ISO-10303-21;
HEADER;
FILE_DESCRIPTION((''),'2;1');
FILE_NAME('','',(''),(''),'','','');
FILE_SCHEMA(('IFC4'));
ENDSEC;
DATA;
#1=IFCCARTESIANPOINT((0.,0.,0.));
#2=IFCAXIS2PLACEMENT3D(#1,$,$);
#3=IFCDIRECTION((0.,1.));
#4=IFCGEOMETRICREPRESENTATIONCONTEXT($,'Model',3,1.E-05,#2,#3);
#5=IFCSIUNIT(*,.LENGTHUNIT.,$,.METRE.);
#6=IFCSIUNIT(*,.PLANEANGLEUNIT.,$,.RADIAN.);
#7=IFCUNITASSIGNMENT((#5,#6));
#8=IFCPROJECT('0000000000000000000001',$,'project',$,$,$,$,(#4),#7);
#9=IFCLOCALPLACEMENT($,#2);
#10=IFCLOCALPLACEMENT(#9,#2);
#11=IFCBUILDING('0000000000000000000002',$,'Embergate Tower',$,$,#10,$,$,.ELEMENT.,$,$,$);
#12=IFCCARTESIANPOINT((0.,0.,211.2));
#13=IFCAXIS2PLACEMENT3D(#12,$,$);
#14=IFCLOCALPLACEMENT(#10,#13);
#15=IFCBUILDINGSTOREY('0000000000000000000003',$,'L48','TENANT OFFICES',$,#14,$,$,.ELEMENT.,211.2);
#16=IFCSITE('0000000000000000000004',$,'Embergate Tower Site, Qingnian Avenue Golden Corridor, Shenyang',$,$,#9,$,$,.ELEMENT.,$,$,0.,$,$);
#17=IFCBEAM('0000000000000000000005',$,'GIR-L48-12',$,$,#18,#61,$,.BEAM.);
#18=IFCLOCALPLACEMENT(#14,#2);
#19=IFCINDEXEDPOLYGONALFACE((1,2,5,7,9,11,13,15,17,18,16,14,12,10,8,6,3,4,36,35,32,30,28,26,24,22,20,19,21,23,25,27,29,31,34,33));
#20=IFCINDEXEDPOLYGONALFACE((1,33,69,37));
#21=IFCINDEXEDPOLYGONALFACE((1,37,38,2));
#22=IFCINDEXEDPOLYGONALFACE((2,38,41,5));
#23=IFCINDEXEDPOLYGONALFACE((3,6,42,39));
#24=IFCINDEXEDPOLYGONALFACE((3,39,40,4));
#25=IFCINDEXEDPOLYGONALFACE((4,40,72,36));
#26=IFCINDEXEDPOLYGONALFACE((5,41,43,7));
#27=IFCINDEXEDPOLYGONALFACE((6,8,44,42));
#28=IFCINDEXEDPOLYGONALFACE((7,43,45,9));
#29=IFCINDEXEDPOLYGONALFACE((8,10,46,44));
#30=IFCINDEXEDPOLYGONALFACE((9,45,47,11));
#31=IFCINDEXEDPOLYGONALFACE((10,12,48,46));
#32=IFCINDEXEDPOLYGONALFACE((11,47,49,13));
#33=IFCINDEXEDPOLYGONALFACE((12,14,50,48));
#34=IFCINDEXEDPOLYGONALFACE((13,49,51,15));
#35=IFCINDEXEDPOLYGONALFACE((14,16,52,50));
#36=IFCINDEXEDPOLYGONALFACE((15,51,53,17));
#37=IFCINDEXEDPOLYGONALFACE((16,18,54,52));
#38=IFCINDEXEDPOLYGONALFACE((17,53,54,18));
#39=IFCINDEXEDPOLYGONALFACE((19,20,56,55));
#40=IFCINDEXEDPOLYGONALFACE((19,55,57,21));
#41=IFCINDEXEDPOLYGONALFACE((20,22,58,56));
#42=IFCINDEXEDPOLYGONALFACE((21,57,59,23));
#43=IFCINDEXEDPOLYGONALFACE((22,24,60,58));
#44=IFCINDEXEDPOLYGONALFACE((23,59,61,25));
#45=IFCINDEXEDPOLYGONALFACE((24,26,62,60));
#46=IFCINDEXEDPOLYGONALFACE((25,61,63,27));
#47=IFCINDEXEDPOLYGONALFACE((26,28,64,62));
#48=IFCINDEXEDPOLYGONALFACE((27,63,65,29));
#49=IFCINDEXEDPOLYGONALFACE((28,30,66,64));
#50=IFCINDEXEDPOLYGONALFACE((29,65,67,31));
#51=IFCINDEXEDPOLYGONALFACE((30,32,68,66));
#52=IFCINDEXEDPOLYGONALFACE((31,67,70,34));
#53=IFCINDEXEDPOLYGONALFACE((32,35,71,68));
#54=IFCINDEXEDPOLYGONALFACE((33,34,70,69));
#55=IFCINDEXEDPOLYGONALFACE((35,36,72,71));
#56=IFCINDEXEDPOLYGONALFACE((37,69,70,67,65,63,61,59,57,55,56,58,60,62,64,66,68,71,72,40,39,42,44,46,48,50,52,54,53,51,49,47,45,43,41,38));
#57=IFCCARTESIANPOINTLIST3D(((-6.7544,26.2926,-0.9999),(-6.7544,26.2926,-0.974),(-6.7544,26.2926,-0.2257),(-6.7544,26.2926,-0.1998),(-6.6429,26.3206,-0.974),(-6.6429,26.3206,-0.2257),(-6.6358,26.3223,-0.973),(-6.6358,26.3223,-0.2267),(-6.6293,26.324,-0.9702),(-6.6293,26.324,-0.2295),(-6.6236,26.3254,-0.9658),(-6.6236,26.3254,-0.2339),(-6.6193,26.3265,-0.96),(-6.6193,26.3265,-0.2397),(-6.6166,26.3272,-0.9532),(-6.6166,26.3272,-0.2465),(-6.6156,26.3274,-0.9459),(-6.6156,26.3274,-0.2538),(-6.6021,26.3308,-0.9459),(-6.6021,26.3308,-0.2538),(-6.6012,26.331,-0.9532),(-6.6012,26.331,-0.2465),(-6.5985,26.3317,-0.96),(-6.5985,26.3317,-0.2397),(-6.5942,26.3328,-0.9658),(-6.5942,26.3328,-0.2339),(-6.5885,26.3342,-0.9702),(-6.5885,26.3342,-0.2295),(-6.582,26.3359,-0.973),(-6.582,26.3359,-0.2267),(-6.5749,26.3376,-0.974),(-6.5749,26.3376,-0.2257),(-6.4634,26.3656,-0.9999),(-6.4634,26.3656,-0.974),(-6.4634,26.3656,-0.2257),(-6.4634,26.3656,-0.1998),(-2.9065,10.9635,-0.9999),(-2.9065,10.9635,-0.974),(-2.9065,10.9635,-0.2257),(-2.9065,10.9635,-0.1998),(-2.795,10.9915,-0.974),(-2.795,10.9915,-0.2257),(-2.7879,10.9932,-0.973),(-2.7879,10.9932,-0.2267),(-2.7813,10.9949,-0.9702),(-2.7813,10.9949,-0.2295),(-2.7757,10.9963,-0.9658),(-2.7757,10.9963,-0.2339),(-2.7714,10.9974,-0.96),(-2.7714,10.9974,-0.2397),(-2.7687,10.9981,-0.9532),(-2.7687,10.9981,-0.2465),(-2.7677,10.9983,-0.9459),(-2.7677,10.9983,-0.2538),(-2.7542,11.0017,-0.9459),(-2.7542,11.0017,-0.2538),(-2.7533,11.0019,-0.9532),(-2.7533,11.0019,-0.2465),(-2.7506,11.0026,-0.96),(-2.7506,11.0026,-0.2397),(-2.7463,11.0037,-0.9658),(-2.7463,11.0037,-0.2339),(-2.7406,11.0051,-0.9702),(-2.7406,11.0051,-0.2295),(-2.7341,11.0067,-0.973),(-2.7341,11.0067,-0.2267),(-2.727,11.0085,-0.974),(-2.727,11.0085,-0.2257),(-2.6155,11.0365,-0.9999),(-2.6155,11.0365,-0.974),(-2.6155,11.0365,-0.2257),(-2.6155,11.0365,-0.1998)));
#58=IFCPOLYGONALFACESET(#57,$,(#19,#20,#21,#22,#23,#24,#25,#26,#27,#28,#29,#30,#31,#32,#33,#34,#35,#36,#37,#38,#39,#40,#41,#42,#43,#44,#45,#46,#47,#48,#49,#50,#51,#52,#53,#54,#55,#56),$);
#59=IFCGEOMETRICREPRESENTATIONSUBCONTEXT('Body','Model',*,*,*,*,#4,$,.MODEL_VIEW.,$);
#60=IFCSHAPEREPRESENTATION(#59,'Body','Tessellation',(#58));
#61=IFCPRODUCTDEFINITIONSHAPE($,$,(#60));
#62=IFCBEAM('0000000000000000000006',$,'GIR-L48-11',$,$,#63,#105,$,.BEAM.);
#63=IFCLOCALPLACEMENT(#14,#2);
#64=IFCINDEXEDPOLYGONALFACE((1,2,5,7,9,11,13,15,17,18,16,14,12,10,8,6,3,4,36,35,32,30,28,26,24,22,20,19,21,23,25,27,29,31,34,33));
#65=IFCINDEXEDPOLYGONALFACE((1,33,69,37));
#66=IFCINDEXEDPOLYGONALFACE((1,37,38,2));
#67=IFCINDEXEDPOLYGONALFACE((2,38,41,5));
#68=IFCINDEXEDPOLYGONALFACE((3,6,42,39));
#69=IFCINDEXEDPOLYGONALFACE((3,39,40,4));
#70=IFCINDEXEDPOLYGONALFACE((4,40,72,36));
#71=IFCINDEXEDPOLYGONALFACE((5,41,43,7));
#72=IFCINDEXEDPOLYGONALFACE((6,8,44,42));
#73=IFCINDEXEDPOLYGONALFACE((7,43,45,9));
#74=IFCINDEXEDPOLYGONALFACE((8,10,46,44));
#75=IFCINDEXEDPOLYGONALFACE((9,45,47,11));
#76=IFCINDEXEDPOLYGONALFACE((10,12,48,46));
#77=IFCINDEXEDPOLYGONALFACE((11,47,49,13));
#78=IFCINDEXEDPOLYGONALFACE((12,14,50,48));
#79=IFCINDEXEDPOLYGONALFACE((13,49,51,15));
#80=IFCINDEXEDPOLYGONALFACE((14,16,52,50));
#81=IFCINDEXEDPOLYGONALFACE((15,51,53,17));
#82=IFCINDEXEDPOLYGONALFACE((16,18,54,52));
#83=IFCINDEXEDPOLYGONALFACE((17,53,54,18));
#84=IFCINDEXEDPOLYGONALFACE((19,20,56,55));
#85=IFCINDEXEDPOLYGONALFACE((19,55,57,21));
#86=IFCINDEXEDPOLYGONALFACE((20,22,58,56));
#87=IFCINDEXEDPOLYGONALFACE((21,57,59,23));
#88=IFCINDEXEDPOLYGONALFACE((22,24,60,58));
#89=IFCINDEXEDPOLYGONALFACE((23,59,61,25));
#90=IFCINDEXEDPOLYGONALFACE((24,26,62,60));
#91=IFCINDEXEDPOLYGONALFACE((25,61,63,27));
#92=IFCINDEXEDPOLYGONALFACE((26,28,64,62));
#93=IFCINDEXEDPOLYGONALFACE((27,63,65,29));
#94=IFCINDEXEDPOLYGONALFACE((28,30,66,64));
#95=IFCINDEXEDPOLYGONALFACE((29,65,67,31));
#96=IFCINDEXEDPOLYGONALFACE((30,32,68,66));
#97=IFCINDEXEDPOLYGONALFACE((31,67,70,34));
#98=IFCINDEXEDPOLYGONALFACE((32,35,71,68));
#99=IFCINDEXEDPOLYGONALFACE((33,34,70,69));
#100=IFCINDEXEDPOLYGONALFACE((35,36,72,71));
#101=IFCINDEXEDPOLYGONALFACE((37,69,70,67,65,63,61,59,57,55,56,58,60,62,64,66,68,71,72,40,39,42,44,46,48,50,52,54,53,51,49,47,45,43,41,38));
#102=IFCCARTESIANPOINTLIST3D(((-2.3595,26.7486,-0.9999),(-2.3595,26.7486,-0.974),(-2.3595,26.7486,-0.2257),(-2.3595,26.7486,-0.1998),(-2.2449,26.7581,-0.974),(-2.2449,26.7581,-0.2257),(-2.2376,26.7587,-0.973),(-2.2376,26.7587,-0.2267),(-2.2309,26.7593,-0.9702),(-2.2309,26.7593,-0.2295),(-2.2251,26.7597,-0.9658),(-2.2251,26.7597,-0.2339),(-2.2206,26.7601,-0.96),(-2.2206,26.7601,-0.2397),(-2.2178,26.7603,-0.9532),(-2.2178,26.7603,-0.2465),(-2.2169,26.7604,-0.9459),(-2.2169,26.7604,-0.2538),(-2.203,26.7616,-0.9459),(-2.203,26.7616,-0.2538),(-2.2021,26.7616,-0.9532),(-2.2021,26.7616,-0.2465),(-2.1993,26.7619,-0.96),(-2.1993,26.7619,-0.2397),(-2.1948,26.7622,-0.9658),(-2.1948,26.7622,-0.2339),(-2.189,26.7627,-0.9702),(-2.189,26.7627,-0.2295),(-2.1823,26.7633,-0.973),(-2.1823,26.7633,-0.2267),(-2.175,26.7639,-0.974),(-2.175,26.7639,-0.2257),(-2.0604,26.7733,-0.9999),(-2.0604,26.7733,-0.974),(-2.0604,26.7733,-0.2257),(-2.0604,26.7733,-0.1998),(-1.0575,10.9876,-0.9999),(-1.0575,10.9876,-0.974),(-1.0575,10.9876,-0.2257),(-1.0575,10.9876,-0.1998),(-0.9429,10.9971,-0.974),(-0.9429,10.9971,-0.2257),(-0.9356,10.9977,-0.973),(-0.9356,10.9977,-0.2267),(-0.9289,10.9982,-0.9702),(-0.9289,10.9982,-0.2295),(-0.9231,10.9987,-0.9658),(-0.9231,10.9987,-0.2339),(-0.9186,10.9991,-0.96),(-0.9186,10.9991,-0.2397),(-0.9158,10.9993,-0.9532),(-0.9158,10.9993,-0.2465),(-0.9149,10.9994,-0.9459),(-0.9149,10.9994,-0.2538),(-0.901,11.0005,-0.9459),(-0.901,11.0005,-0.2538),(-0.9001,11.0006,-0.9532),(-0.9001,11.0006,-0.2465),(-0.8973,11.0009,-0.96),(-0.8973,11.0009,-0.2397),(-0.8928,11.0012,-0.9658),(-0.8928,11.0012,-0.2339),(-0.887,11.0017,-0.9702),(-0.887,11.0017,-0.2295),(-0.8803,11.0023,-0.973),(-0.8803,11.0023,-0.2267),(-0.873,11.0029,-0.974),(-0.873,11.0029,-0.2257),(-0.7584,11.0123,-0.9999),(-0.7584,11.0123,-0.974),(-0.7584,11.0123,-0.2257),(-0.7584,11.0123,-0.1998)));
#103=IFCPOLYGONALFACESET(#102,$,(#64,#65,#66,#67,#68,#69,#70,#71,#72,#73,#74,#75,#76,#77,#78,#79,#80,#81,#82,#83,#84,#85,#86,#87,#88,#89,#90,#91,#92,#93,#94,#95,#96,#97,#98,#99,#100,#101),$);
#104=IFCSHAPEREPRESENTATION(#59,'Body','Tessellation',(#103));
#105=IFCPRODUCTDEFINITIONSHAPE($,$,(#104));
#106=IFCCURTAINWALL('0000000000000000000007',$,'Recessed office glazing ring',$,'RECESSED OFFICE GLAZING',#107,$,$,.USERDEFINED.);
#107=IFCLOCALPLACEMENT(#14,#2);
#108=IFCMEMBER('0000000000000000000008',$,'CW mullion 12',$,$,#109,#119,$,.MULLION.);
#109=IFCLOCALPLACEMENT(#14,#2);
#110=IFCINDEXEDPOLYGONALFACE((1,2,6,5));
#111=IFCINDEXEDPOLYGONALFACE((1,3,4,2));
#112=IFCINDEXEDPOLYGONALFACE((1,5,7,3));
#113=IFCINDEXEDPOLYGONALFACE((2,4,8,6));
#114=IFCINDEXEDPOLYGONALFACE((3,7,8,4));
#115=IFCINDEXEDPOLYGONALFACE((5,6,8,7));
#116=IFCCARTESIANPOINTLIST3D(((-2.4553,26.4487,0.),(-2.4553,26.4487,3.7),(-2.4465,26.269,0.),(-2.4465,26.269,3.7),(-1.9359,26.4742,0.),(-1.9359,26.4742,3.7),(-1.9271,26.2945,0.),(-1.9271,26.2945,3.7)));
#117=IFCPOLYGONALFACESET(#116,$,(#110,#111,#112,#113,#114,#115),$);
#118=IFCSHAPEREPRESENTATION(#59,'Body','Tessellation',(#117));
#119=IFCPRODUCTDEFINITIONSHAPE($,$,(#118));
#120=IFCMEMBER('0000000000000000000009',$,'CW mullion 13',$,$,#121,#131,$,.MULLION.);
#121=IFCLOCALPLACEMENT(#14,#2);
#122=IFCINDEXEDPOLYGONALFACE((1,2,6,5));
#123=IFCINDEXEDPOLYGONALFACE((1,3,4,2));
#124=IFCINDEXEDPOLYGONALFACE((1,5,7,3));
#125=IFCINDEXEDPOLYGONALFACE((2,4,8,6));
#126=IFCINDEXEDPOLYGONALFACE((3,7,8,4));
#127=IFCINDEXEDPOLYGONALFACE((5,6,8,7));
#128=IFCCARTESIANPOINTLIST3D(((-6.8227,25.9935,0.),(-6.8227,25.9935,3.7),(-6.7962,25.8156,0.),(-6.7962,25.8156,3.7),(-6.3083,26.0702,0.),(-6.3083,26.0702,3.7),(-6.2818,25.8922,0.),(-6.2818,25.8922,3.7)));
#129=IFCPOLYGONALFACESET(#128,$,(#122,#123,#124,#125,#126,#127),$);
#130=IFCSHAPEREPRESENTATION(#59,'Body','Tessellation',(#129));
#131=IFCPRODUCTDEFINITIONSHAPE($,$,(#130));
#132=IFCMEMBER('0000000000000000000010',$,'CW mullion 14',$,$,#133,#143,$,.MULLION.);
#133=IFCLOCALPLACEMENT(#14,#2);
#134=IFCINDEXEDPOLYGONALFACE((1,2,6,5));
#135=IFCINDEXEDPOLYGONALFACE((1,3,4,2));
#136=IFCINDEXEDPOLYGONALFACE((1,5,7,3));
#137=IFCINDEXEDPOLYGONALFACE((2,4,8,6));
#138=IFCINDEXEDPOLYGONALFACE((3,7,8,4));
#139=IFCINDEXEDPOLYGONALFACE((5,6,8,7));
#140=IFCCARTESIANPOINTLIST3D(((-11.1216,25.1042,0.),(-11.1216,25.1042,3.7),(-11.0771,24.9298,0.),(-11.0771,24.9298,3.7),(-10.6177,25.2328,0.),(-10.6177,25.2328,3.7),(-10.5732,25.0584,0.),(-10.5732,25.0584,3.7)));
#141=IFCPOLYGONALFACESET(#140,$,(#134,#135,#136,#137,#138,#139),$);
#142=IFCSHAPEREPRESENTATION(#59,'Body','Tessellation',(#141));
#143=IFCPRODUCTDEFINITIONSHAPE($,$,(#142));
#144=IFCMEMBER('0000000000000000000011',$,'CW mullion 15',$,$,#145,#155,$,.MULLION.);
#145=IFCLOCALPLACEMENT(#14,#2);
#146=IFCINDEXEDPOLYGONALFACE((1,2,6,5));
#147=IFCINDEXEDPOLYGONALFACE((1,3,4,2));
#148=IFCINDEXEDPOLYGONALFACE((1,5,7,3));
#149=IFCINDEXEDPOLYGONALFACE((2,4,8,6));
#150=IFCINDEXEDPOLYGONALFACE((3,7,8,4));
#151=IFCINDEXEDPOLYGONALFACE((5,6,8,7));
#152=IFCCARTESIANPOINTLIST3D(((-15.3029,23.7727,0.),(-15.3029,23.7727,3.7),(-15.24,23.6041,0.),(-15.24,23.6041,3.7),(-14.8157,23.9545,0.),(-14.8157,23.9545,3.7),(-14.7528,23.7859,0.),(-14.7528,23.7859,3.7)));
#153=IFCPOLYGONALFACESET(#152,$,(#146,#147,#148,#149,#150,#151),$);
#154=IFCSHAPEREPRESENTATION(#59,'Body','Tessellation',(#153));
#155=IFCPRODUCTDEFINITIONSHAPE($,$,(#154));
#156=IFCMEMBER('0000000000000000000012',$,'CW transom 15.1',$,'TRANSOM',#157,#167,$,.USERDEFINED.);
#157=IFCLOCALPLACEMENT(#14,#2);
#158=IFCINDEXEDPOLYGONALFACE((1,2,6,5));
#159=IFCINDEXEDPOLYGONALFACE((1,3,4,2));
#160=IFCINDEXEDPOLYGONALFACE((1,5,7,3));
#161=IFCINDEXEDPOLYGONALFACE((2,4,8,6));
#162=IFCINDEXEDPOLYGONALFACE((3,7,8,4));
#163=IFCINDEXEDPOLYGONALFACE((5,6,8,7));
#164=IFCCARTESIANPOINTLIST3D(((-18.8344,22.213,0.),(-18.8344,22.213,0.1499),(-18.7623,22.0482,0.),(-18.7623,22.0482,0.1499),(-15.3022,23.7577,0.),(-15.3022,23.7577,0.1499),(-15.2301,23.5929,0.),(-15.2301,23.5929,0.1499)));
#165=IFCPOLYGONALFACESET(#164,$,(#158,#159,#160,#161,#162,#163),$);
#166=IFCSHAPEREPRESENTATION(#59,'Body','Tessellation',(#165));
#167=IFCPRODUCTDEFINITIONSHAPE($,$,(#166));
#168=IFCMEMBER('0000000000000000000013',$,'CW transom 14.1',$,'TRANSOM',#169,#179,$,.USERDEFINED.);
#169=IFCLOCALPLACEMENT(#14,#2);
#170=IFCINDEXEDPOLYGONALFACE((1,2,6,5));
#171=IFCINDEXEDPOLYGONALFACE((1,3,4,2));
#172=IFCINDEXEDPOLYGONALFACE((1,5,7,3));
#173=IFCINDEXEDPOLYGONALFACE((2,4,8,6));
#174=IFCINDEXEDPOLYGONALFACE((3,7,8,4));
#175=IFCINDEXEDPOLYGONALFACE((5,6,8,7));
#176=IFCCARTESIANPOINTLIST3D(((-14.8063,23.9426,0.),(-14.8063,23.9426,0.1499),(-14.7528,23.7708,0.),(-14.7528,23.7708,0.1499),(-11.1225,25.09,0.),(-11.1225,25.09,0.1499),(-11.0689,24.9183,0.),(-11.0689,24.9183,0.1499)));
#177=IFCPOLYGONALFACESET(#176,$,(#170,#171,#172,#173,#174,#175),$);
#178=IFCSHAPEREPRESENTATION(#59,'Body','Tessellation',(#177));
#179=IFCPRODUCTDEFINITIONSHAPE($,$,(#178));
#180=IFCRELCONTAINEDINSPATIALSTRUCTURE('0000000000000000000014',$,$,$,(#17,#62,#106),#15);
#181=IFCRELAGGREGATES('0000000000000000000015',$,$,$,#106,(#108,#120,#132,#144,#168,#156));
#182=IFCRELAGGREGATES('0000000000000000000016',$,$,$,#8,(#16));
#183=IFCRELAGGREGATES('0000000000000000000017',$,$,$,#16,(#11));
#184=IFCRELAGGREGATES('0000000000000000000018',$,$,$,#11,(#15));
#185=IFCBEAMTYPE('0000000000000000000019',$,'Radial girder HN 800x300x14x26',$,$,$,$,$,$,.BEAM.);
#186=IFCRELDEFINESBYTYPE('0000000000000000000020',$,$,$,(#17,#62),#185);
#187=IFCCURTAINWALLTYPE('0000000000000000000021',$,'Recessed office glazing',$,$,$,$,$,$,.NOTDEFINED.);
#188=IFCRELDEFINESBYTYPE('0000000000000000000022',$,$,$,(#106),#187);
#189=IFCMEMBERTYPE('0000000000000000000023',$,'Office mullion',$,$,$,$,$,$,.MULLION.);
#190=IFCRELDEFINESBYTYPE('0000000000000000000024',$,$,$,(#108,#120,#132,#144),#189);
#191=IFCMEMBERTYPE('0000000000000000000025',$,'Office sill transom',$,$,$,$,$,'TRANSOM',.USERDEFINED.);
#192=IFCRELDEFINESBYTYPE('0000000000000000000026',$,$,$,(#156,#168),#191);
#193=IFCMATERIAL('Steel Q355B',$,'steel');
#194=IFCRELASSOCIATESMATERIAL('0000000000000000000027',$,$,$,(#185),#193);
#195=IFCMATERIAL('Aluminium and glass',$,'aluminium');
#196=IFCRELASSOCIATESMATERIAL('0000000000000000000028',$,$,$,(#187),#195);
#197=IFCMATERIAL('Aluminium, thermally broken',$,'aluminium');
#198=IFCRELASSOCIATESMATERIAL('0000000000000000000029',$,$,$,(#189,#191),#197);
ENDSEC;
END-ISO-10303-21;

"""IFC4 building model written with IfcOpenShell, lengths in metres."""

from ifc_helpers import new_model, si_unit, direction, frame, origin, origin_2d, place, context, subcontext, project, spatial, rectangle, i_section, extrude, source, transform, mapped, material, material_profile, profile_set, type_object, element, aggregate, save


model = new_model("IFC4")

# Units and contexts
model_context = context("Model", 3, precision=1e-05, world=origin(), true_north=direction((0.0, 1.0)))
body_context = subcontext(model_context, "Body", "Model", "MODEL_VIEW")
ifc_project = project(units=[si_unit("LENGTHUNIT", "METRE"), si_unit("PLANEANGLEUNIT", "RADIAN")], contexts=[model_context])

# Site, building, storey
site_placement = place(None, origin())
site = spatial("IfcSite", under=ifc_project, at=site_placement, Name="Embergate Tower Site, Qingnian Avenue Golden Corridor, Shenyang", CompositionType="ELEMENT", RefElevation=0.0)
building_placement = place(site_placement, origin())
building = spatial("IfcBuilding", under=site, at=building_placement, Name="Embergate Tower", CompositionType="ELEMENT")
storey_placement = place(building_placement, frame((0.0, 0.0, 211.2)))
storey = spatial("IfcBuildingStorey", under=building, at=storey_placement, Name="L48", Description="TENANT OFFICES", CompositionType="ELEMENT", Elevation=211.2)

# Beams
ifc_material_1 = material(Name="Steel Q355B", Category="steel")
ifc_material_profile_1 = material_profile(ifc_material_1, i_section(OverallWidth=0.3, OverallDepth=0.8, WebThickness=0.0139, FlangeThickness=0.0259, FilletRadius=0.0281, at=origin_2d()), Name="HN 800x300x14x26")
ifc_profile_set_1 = profile_set([ifc_material_profile_1], Name="Steel Q355 grade B")
beam_type_1 = type_object("IfcBeamType", Name="Radial girder HN 800x300x14x26", PredefinedType="BEAM", material=ifc_profile_set_1)
shared_shape_1 = source(origin(), body_context, "Body", "SweptSolid", [
    extrude(i_section(OverallWidth=0.3, OverallDepth=0.8, WebThickness=0.0139, FlangeThickness=0.0259, FilletRadius=0.0281, at=origin_2d()), origin(), (0.0, 0.0, 1.0), 15.8047),
])
beam_1_placement = place(storey_placement, frame((-6.6089, 26.3291, -0.5999), z_axis=(0.243466, -0.969909, 0.0), x_axis=(0.969909, 0.243466, 0.0)))
element("IfcBeam", 1, at=beam_1_placement, inside=storey, type_object=beam_type_1, Name="GIR-L48-12", PredefinedType="BEAM", context=body_context, shape_type="MappedRepresentation", body=[
    mapped(shared_shape_1, transform((0.0, 0.0, 0.0))),
])
shared_shape_2 = source(origin(), body_context, "Body", "SweptSolid", [
    extrude(i_section(OverallWidth=0.3, OverallDepth=0.8, WebThickness=0.0139, FlangeThickness=0.0259, FilletRadius=0.0281, at=origin_2d()), origin(), (0.0, 0.0, 1.0), 15.8147),
])
beam_2_placement = place(storey_placement, frame((-2.21, 26.761, -0.5999), z_axis=(0.082329, -0.996605, 0.0), x_axis=(0.996605, 0.082329, 0.0)))
element("IfcBeam", 2, at=beam_2_placement, inside=storey, type_object=beam_type_1, Name="GIR-L48-11", PredefinedType="BEAM", context=body_context, shape_type="MappedRepresentation", body=[
    mapped(shared_shape_2, transform((0.0, 0.0, 0.0))),
])

# Curtain wall, members
ifc_material_2 = material(Name="Aluminium and glass", Category="aluminium")
curtain_wall_type = type_object("IfcCurtainWallType", Name="Recessed office glazing", PredefinedType="NOTDEFINED", material=ifc_material_2)
curtain_wall_placement = place(storey_placement, origin())
curtain_wall = element("IfcCurtainWall", 3, at=curtain_wall_placement, inside=storey, type_object=curtain_wall_type, Name="Recessed office glazing ring", ObjectType="RECESSED OFFICE GLAZING", PredefinedType="USERDEFINED")
ifc_material_3 = material(Name="Aluminium, thermally broken", Category="aluminium")
ifc_material_profile_2 = material_profile(ifc_material_3, rectangle(XDim=0.1799, YDim=0.52, at=origin_2d()), Name="AL 520x180")
ifc_profile_set_2 = profile_set([ifc_material_profile_2], Name="Aluminium, thermally broken")
member_type_1 = type_object("IfcMemberType", Name="Office mullion", PredefinedType="MULLION", material=ifc_profile_set_2)
shared_shape_3 = source(origin(), body_context, "Body", "SweptSolid", [
    extrude(rectangle(XDim=0.1799, YDim=0.52, at=origin_2d()), origin(), (0.0, 0.0, 1.0), 3.7),
])
member_1_placement = place(storey_placement, frame((-2.1912, 26.3716, 0.0), z_axis=(0.0, 0.0, 1.0), x_axis=(0.048972, -0.9988, 0.0)))
member_1 = element("IfcMember", 4, at=member_1_placement, type_object=member_type_1, Name="CW mullion 12", PredefinedType="MULLION", context=body_context, shape_type="MappedRepresentation", body=[
    mapped(shared_shape_3, transform((0.0, 0.0, 0.0))),
])
member_2_placement = place(storey_placement, frame((-6.5522, 25.9429, 0.0), z_axis=(0.0, 0.0, 1.0), x_axis=(0.147414, -0.989075, 0.0)))
member_2 = element("IfcMember", 5, at=member_2_placement, type_object=member_type_1, Name="CW mullion 13", PredefinedType="MULLION", context=body_context, shape_type="MappedRepresentation", body=[
    mapped(shared_shape_3, transform((0.0, 0.0, 0.0))),
])
member_3_placement = place(storey_placement, frame((-10.8474, 25.0813, 0.0), z_axis=(0.0, 0.0, 1.0), x_axis=(0.247315, -0.968935, 0.0)))
member_3 = element("IfcMember", 6, at=member_3_placement, type_object=member_type_1, Name="CW mullion 14", PredefinedType="MULLION", context=body_context, shape_type="MappedRepresentation", body=[
    mapped(shared_shape_3, transform((0.0, 0.0, 0.0))),
])
member_4_placement = place(storey_placement, frame((-15.0278, 23.7793, 0.0), z_axis=(0.0, 0.0, 1.0), x_axis=(0.349506, -0.936934, 0.0)))
member_4 = element("IfcMember", 7, at=member_4_placement, type_object=member_type_1, Name="CW mullion 15", PredefinedType="MULLION", context=body_context, shape_type="MappedRepresentation", body=[
    mapped(shared_shape_3, transform((0.0, 0.0, 0.0))),
])
ifc_material_profile_3 = material_profile(ifc_material_3, rectangle(XDim=0.1799, YDim=0.1499, at=origin_2d()), Name="AL 150x180")
ifc_profile_set_3 = profile_set([ifc_material_profile_3], Name="Aluminium, thermally broken")
member_type_2 = type_object("IfcMemberType", Name="Office sill transom", ElementType="TRANSOM", PredefinedType="USERDEFINED", material=ifc_profile_set_3)
shared_shape_4 = source(origin(), body_context, "Body", "SweptSolid", [
    extrude(rectangle(XDim=0.1799, YDim=0.1499, at=origin_2d()), origin(), (0.0, 0.0, 1.0), 3.8552),
])
member_5_placement = place(storey_placement, frame((-15.2661, 23.6753, 0.075), z_axis=(-0.916221, -0.400673, 0.0), x_axis=(0.400673, -0.916221, 0.0)))
member_5 = element("IfcMember", 8, at=member_5_placement, type_object=member_type_2, Name="CW transom 15.1", ObjectType="TRANSOM", PredefinedType="USERDEFINED", context=body_context, shape_type="MappedRepresentation", body=[
    mapped(shared_shape_4, transform((0.0, 0.0, 0.0))),
])
shared_shape_5 = source(origin(), body_context, "Body", "SweptSolid", [
    extrude(rectangle(XDim=0.1799, YDim=0.1499, at=origin_2d()), origin(), (0.0, 0.0, 1.0), 3.8584),
])
member_6_placement = place(storey_placement, frame((-11.0957, 25.0042, 0.075), z_axis=(-0.954755, -0.297392, 0.0), x_axis=(0.297392, -0.954755, 0.0)))
member_6 = element("IfcMember", 9, at=member_6_placement, type_object=member_type_2, Name="CW transom 14.1", ObjectType="TRANSOM", PredefinedType="USERDEFINED", context=body_context, shape_type="MappedRepresentation", body=[
    mapped(shared_shape_5, transform((0.0, 0.0, 0.0))),
])
aggregate(curtain_wall, [member_1, member_2, member_3, member_4, member_6, member_5])

save(model, "model.ifc")
